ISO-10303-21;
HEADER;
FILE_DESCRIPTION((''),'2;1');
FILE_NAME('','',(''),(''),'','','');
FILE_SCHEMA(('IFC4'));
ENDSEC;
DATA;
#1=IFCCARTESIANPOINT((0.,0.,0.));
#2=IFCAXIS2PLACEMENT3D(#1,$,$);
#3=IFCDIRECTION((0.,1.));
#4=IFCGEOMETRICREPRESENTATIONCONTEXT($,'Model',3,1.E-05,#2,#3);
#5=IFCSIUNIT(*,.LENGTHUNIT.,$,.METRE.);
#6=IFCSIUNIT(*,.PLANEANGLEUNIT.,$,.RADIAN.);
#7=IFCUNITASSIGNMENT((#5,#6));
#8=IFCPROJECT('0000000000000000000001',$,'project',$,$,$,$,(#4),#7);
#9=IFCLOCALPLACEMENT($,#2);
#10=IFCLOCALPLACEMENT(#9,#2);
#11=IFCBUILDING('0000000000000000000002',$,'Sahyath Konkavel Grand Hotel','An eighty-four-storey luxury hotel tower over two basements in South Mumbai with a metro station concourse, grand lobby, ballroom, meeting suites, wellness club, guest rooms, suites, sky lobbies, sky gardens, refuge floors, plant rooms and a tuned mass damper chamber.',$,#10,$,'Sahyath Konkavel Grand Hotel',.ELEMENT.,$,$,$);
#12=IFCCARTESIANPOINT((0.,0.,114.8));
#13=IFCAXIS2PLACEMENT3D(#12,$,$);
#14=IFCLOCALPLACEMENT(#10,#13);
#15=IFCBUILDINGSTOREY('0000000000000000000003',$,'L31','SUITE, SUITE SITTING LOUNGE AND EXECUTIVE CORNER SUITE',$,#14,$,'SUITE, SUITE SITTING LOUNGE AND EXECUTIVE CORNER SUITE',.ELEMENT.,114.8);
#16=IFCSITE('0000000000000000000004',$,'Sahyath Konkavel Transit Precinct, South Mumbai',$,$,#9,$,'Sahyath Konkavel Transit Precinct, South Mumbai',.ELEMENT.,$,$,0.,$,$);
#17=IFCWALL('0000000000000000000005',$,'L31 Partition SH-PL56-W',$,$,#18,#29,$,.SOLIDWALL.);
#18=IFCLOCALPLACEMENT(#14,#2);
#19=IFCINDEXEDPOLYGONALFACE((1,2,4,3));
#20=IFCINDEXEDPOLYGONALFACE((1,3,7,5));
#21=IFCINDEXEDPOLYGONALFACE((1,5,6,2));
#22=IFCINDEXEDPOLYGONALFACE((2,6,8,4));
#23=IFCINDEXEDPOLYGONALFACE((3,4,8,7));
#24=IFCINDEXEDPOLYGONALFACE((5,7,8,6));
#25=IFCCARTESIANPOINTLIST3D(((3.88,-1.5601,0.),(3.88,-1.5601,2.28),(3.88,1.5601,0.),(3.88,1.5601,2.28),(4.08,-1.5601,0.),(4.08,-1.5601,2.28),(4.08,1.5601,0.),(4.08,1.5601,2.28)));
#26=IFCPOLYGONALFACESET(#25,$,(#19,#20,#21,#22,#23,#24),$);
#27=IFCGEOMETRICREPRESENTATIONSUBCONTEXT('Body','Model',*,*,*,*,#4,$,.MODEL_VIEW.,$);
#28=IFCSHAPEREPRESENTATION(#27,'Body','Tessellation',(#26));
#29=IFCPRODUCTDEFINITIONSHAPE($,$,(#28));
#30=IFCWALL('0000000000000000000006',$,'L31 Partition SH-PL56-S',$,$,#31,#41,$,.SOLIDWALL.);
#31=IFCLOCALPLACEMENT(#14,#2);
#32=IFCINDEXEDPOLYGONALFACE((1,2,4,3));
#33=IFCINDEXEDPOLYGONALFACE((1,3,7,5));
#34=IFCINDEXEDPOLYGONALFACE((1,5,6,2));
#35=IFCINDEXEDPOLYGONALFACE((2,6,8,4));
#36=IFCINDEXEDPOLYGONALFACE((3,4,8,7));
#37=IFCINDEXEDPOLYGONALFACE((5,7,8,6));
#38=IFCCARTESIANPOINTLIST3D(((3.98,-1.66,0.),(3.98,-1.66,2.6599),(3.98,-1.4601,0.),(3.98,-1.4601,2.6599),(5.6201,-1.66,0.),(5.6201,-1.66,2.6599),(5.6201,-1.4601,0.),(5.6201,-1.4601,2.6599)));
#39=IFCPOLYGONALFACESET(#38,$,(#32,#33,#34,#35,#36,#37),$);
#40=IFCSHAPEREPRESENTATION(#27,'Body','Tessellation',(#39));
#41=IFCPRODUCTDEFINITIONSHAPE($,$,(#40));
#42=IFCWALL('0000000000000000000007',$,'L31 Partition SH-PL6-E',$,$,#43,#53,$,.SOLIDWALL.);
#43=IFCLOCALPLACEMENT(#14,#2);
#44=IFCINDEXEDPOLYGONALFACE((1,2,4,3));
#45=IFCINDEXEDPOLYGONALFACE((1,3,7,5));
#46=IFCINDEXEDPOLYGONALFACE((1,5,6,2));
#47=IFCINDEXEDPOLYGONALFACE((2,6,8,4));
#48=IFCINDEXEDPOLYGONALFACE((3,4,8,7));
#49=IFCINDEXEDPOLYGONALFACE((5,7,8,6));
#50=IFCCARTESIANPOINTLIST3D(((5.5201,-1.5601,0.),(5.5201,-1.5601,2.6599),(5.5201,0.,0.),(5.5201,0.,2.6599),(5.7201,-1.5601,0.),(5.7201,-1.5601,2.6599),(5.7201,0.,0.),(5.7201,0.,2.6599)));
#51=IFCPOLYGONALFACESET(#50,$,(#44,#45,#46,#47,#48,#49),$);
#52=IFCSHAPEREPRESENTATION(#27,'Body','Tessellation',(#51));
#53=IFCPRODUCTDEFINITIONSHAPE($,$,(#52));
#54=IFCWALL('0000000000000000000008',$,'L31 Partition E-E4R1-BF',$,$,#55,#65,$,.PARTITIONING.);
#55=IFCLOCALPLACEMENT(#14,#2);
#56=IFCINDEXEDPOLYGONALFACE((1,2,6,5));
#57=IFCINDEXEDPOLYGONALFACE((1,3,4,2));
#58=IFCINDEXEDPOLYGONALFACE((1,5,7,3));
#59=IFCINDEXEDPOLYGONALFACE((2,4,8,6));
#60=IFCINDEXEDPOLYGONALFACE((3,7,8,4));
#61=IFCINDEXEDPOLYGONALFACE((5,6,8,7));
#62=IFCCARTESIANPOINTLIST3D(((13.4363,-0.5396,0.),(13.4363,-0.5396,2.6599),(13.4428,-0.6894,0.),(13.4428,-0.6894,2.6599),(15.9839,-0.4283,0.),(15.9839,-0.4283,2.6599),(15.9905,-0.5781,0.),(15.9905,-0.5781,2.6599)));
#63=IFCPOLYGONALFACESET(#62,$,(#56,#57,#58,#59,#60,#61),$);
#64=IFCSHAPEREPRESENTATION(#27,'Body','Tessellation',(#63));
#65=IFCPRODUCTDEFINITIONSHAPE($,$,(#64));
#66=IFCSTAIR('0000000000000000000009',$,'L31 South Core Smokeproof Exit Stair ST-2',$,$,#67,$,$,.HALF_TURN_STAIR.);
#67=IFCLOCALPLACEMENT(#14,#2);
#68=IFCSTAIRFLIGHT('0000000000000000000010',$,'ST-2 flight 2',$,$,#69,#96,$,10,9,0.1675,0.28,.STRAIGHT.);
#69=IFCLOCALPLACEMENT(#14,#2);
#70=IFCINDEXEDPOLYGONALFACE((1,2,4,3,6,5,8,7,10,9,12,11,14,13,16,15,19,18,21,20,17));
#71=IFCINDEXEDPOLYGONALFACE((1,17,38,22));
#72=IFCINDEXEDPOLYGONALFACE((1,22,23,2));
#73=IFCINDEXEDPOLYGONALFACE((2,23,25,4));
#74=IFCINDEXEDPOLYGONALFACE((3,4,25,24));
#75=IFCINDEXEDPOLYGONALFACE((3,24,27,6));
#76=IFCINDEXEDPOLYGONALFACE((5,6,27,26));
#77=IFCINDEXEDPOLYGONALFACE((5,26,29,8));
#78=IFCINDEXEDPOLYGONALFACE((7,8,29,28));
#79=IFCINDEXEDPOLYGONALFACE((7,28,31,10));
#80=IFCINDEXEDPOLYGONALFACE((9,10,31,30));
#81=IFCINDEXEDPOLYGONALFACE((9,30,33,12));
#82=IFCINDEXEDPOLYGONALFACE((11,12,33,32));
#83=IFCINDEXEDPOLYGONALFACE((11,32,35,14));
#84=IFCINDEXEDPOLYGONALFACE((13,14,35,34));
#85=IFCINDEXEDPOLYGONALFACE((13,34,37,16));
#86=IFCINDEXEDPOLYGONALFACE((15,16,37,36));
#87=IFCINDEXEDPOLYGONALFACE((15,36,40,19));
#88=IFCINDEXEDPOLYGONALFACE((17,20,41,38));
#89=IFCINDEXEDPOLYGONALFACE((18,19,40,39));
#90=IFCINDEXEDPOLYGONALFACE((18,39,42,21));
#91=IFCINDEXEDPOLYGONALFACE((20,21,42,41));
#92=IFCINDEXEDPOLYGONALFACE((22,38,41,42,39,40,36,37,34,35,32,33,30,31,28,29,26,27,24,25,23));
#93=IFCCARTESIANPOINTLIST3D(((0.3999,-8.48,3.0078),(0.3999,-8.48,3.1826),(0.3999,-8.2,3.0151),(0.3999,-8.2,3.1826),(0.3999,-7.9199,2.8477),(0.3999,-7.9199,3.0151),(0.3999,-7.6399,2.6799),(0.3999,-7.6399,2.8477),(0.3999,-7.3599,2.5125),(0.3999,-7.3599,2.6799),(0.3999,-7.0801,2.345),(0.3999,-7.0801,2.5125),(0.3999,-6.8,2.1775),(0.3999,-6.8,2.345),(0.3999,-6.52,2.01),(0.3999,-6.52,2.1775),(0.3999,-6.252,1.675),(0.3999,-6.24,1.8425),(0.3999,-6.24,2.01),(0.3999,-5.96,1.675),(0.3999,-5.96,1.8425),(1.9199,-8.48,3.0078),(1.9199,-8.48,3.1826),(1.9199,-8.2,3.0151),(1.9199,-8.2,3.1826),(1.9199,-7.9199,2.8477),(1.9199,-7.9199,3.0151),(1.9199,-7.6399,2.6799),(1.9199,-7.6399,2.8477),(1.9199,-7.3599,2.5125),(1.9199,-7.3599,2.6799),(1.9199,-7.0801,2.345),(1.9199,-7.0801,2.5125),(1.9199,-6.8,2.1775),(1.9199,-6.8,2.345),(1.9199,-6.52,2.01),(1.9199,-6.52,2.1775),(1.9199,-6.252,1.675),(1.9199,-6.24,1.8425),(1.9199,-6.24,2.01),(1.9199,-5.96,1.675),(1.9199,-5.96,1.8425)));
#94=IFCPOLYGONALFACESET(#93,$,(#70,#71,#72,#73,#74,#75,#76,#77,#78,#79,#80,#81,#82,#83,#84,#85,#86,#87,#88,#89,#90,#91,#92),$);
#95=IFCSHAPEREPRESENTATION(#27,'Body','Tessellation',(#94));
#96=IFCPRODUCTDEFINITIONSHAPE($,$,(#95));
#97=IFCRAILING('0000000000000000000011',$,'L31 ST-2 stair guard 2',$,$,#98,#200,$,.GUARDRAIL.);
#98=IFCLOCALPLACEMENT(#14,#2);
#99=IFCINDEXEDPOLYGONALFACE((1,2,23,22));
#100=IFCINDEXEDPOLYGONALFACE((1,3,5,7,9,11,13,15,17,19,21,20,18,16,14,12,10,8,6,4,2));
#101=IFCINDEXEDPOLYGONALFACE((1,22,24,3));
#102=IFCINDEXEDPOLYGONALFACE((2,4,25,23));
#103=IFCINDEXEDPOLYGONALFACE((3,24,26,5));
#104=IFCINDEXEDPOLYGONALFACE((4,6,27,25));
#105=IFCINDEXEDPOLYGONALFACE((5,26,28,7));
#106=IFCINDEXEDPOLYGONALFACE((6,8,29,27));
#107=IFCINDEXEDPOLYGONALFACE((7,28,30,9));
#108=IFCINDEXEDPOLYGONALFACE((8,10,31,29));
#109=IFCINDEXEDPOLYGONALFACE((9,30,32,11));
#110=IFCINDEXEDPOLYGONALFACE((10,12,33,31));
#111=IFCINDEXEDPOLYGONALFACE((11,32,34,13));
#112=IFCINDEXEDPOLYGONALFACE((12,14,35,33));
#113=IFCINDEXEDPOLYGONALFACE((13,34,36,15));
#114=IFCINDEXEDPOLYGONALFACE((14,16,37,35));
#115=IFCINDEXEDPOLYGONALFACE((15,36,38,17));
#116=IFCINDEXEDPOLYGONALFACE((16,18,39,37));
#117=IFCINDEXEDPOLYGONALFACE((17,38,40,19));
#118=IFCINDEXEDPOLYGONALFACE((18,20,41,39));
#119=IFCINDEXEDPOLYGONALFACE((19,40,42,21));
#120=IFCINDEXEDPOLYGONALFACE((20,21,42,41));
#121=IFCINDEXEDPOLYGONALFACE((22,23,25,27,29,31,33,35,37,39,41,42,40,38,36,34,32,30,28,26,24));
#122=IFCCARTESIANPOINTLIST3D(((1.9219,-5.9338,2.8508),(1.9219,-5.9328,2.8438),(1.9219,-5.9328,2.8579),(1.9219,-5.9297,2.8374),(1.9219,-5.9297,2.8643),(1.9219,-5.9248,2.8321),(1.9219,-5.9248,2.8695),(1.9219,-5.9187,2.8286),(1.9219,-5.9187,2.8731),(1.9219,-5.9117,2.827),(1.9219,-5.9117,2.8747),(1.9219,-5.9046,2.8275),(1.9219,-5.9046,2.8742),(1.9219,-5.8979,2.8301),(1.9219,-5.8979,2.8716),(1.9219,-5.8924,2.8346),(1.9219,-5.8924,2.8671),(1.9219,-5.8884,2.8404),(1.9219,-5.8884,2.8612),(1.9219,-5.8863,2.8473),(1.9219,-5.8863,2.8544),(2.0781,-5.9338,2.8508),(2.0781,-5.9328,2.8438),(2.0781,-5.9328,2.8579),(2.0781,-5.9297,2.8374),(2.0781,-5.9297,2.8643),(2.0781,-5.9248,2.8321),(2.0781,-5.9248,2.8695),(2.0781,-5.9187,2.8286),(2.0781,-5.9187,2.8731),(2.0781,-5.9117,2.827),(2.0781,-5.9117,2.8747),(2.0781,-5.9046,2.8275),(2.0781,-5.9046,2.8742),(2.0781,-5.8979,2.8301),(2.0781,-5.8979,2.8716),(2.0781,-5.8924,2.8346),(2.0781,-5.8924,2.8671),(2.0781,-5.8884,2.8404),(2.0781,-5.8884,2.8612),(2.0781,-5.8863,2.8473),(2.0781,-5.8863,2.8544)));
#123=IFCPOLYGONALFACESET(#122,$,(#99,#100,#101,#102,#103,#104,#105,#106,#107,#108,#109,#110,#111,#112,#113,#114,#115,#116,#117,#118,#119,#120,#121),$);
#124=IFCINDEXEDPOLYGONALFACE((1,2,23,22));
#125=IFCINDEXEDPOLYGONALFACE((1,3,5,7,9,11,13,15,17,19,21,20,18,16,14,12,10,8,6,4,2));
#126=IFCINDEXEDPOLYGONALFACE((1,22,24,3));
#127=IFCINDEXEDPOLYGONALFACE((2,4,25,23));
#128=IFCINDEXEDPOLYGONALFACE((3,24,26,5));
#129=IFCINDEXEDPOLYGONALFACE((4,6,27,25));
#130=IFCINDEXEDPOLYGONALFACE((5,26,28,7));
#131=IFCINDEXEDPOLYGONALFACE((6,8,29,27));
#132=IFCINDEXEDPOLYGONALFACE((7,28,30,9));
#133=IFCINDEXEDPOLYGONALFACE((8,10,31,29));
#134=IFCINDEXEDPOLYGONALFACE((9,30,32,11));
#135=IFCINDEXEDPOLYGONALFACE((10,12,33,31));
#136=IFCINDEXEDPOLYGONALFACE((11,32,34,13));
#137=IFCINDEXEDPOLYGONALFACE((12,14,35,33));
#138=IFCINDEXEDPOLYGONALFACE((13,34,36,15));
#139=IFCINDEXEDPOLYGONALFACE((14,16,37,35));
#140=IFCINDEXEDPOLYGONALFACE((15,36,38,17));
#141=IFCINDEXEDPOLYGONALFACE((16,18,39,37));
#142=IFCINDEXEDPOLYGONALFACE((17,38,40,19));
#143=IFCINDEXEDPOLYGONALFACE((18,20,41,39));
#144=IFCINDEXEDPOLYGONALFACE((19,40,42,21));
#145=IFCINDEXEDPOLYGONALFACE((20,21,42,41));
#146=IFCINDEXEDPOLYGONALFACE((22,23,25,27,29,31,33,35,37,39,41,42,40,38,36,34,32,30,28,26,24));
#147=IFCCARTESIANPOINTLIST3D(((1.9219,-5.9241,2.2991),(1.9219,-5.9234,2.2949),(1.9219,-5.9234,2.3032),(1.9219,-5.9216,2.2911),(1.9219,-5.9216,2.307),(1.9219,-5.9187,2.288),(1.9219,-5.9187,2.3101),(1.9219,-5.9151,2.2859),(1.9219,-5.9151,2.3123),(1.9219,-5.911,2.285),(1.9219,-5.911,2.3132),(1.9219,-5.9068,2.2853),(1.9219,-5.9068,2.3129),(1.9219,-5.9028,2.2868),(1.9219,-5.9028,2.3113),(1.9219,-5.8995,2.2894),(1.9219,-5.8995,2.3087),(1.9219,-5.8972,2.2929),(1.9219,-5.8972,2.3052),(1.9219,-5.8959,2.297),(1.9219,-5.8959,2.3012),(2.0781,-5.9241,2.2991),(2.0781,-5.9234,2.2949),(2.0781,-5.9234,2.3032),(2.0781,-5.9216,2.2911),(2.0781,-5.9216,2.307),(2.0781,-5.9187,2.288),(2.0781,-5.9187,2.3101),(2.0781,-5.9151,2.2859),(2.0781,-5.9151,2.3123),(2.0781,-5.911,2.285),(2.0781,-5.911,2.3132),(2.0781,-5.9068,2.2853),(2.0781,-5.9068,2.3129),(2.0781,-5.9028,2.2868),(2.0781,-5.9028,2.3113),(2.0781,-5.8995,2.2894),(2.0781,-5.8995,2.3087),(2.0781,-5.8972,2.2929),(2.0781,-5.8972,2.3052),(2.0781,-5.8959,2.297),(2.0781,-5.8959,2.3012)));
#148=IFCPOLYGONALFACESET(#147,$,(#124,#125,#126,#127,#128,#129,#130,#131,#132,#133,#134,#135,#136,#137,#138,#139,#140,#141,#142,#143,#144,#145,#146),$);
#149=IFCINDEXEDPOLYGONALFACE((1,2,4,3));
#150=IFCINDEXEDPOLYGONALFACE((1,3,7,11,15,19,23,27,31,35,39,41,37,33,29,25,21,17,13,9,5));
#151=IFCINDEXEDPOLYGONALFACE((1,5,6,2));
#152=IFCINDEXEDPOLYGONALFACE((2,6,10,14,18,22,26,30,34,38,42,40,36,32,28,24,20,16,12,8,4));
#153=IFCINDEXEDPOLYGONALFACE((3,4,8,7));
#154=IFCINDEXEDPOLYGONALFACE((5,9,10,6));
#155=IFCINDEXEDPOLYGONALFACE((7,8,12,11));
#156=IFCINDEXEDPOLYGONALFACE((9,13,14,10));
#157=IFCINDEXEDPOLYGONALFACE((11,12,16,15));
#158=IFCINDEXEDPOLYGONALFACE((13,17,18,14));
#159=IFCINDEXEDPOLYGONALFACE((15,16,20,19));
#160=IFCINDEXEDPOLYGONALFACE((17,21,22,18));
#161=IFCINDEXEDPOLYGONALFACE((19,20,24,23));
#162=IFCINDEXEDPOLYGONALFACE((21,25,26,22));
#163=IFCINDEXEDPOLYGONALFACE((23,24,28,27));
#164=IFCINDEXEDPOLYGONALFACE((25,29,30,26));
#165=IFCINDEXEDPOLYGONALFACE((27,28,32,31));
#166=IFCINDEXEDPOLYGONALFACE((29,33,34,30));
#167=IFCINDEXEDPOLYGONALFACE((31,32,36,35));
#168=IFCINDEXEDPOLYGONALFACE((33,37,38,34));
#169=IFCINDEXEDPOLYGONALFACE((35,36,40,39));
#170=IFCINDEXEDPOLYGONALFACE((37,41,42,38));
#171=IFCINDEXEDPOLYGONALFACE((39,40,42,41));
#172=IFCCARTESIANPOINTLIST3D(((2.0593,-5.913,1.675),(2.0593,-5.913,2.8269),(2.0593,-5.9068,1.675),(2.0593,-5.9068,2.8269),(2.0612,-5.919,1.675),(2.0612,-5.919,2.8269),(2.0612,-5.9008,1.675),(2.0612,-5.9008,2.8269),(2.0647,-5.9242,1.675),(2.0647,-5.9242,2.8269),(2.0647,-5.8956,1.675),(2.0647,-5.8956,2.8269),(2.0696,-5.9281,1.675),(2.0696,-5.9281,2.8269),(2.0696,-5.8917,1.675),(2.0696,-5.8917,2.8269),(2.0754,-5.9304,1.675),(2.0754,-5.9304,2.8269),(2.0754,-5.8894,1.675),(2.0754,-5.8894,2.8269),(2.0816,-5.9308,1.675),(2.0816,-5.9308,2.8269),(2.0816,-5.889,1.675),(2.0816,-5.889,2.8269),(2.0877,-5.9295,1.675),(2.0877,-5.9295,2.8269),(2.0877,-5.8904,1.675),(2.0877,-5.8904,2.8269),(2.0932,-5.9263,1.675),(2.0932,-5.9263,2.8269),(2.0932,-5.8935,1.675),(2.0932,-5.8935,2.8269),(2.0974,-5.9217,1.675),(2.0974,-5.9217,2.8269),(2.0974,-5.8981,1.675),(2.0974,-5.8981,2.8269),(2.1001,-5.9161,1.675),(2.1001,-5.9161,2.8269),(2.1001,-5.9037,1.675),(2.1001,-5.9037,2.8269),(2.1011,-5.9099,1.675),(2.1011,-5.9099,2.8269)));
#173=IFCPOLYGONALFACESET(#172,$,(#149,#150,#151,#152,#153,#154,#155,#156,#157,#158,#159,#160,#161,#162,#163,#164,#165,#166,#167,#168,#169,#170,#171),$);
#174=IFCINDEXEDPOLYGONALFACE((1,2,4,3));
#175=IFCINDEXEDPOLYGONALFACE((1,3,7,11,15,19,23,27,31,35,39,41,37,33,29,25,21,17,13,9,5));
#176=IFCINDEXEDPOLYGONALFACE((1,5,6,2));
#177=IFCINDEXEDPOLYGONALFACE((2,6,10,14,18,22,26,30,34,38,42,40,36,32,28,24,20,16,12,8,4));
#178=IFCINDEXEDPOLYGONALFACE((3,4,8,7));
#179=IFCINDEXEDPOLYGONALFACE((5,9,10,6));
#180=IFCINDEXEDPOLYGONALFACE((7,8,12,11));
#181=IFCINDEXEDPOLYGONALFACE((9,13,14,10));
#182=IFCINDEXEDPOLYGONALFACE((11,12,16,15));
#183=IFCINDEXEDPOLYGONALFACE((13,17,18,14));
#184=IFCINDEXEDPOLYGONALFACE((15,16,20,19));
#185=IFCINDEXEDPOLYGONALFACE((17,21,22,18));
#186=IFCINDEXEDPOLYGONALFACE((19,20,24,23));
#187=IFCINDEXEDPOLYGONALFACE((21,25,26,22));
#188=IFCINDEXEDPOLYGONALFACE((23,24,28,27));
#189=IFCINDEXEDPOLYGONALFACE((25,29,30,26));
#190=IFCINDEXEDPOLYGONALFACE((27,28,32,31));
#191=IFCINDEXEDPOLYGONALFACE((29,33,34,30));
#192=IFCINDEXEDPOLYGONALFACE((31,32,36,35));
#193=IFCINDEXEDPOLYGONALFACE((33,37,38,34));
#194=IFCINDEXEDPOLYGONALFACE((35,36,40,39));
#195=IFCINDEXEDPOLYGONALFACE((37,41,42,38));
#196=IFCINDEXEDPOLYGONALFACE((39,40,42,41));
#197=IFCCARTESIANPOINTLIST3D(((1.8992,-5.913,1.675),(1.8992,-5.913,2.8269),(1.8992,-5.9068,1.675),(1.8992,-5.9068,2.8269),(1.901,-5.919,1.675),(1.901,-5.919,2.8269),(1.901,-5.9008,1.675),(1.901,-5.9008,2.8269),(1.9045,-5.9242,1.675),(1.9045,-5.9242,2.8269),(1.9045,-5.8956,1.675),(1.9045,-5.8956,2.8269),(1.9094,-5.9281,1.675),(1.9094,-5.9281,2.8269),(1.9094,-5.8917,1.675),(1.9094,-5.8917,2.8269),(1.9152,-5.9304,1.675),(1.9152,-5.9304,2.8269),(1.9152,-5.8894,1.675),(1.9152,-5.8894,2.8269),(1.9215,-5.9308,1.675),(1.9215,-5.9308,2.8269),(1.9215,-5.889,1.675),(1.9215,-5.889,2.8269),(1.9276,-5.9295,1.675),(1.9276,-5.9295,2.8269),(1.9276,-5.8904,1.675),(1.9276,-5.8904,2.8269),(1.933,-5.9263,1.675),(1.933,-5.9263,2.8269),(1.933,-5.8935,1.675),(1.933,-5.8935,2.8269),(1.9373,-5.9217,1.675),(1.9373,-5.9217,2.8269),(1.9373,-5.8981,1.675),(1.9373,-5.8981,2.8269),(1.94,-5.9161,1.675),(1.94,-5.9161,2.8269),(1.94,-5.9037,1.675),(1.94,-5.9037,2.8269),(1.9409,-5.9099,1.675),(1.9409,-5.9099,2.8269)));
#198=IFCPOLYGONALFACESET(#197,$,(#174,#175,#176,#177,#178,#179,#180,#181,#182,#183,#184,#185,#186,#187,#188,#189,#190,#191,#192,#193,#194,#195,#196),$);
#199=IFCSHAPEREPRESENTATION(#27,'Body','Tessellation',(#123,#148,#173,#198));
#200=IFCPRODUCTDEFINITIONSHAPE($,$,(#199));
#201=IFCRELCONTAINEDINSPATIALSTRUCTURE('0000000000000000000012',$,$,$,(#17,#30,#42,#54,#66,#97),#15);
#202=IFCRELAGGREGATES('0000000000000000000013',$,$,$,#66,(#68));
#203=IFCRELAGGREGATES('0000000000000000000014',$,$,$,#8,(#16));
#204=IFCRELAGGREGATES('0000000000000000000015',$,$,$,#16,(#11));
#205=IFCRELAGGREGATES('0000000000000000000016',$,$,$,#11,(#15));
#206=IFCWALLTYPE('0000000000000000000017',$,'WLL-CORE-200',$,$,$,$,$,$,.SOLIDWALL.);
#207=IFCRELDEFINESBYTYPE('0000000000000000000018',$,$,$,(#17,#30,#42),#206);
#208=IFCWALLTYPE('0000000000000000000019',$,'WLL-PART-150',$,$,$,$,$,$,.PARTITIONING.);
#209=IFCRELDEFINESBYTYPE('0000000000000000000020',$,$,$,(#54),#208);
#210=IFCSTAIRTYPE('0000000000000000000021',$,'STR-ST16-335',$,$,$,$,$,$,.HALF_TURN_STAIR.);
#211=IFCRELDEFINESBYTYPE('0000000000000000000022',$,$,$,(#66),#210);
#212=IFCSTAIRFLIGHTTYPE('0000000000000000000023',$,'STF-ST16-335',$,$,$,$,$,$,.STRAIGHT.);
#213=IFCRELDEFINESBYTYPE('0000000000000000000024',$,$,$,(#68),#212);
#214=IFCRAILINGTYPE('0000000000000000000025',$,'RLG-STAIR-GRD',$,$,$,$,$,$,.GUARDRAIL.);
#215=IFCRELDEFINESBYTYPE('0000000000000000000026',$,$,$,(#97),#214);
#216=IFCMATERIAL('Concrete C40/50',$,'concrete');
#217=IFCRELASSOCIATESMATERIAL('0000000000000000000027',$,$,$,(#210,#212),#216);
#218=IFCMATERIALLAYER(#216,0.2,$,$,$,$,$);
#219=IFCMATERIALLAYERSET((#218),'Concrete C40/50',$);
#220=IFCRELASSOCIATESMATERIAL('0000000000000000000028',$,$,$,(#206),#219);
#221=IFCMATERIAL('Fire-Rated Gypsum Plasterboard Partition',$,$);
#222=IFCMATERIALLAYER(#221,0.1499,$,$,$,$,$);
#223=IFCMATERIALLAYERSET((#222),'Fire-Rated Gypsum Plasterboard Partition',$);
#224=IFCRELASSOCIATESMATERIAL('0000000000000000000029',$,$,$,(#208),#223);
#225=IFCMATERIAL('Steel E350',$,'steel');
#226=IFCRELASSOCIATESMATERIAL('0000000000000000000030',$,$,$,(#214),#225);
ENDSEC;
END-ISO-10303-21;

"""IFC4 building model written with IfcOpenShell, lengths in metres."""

from ifc_helpers import new_model, si_unit, direction, frame, frame_2d, origin, origin_2d, place, context, subcontext, project, spatial, polyline, rectangle, circle, outline, extrude, material, layer, layer_set, type_object, element, aggregate, save


model = new_model("IFC4")

# Units and contexts
model_context = context("Model", 3, precision=1e-05, world=origin(), true_north=direction((0.0, 1.0)))
body_context = subcontext(model_context, "Body", "Model", "MODEL_VIEW")
ifc_project = project(units=[si_unit("LENGTHUNIT", "METRE"), si_unit("PLANEANGLEUNIT", "RADIAN")], contexts=[model_context])

# Site, building, storey
site_placement = place(None, origin())
site = spatial("IfcSite", under=ifc_project, at=site_placement, Name="Sahyath Konkavel Transit Precinct, South Mumbai", LongName="Sahyath Konkavel Transit Precinct, South Mumbai", CompositionType="ELEMENT", RefElevation=0.0)
building_placement = place(site_placement, origin())
building = spatial("IfcBuilding", under=site, at=building_placement, Name="Sahyath Konkavel Grand Hotel", Description="An eighty-four-storey luxury hotel tower over two basements in South Mumbai with a metro station concourse, grand lobby, ballroom, meeting suites, wellness club, guest rooms, suites, sky lobbies, sky gardens, refuge floors, plant rooms and a tuned mass damper chamber.", LongName="Sahyath Konkavel Grand Hotel", CompositionType="ELEMENT")
storey_placement = place(building_placement, frame((0.0, 0.0, 114.8)))
storey = spatial("IfcBuildingStorey", under=building, at=storey_placement, Name="L31", Description="SUITE, SUITE SITTING LOUNGE AND EXECUTIVE CORNER SUITE", LongName="SUITE, SUITE SITTING LOUNGE AND EXECUTIVE CORNER SUITE", CompositionType="ELEMENT", Elevation=114.8)

# Shared definitions
ifc_material_1 = material(Name="Steel E350", Category="steel")

# Shared definitions
ifc_material_2 = material(Name="Concrete C40/50", Category="concrete")

# Shared definitions
stair_type = type_object("IfcStairType", Name="STR-ST16-335", PredefinedType="HALF_TURN_STAIR", material=ifc_material_2)

# Walls
ifc_layer_1 = layer(ifc_material_2, 0.2)
ifc_layer_set_1 = layer_set([ifc_layer_1], Name="Concrete C40/50")
wall_type_1 = type_object("IfcWallType", Name="WLL-CORE-200", PredefinedType="SOLIDWALL", material=ifc_layer_set_1)
wall_1_placement = place(storey_placement, frame((3.98, -1.5601, 0.0), z_axis=(0.0, 0.0, 1.0), x_axis=(0.0, 1.0, 0.0)))
element("IfcWall", 1, at=wall_1_placement, inside=storey, type_object=wall_type_1, Name="L31 Partition SH-PL56-W", PredefinedType="SOLIDWALL", context=body_context, shape_type="SweptSolid", body=[
    extrude(rectangle(XDim=3.1201, YDim=0.2, at=frame_2d((1.5601, 0.0))), origin(), (0.0, 0.0, 1.0), 2.28),
])
wall_2_placement = place(storey_placement, frame((3.98, -1.5601, 0.0), z_axis=(0.0, 0.0, 1.0), x_axis=(1.0, 0.0, 0.0)))
element("IfcWall", 2, at=wall_2_placement, inside=storey, type_object=wall_type_1, Name="L31 Partition SH-PL56-S", PredefinedType="SOLIDWALL", context=body_context, shape_type="SweptSolid", body=[
    extrude(rectangle(XDim=1.6401, YDim=0.2, at=frame_2d((0.8201, 0.0))), origin(), (0.0, 0.0, 1.0), 2.6599),
])
wall_3_placement = place(storey_placement, frame((5.6201, -1.5601, 0.0), z_axis=(0.0, 0.0, 1.0), x_axis=(0.0, 1.0, 0.0)))
element("IfcWall", 3, at=wall_3_placement, inside=storey, type_object=wall_type_1, Name="L31 Partition SH-PL6-E", PredefinedType="SOLIDWALL", context=body_context, shape_type="SweptSolid", body=[
    extrude(rectangle(XDim=1.5601, YDim=0.2, at=frame_2d((0.78, 0.0))), origin(), (0.0, 0.0, 1.0), 2.6599),
])
ifc_material_3 = material(Name="Fire-Rated Gypsum Plasterboard Partition")
ifc_layer_2 = layer(ifc_material_3, 0.1499)
ifc_layer_set_2 = layer_set([ifc_layer_2], Name="Fire-Rated Gypsum Plasterboard Partition")
wall_type_2 = type_object("IfcWallType", Name="WLL-PART-150", PredefinedType="PARTITIONING", material=ifc_layer_set_2)
wall_4_placement = place(storey_placement, frame((13.4397, -0.6145, 0.0), z_axis=(0.0, 0.0, 1.0), x_axis=(0.999047, 0.043657, 0.0)))
element("IfcWall", 4, at=wall_4_placement, inside=storey, type_object=wall_type_2, Name="L31 Partition E-E4R1-BF", PredefinedType="PARTITIONING", context=body_context, shape_type="SweptSolid", body=[
    extrude(rectangle(XDim=2.55, YDim=0.1499, at=frame_2d((1.2749, 0.0))), origin(), (0.0, 0.0, 1.0), 2.6599),
])

# Stair, stair flight
stair_1_placement = place(storey_placement, origin())
stair_1 = element("IfcStair", 5, at=stair_1_placement, inside=storey, type_object=stair_type, Name="L31 South Core Smokeproof Exit Stair ST-2", PredefinedType="HALF_TURN_STAIR")
stair_flight_type = type_object("IfcStairFlightType", Name="STF-ST16-335", PredefinedType="STRAIGHT", material=ifc_material_2)
stair_flight_placement = place(storey_placement, frame((1.1599, -5.96, 1.675), z_axis=(0.0, 0.0, 1.0), x_axis=(0.0, -1.0, 0.0)))
stair_flight = element("IfcStairFlight", 6, at=stair_flight_placement, type_object=stair_flight_type, Name="ST-2 flight 2", NumberOfRisers=10, NumberOfTreads=9, PredefinedType="STRAIGHT", RiserHeight=0.1675, TreadLength=0.28, context=body_context, shape_type="SweptSolid", body=[
    extrude(outline(polyline([(0.0, 0.0), (0.0, 0.1675), (0.28, 0.1675), (0.28, 0.335), (0.5601, 0.335), (0.5601, 0.5024), (0.8401, 0.5024), (0.8401, 0.6699), (1.1201, 0.6699), (1.1201, 0.8374), (1.3999, 0.8374), (1.3999, 1.0049), (1.6799, 1.0049), (1.6799, 1.1726), (1.96, 1.1726), (1.96, 1.3401), (2.24, 1.3401), (2.24, 1.5076), (2.52, 1.5076), (2.52, 1.675), (2.52, 1.3328), (0.292, 0.0), (0.0, 0.0)])), frame((0.0, 0.76, 0.0), z_axis=(0.0, -1.0, 0.0), x_axis=(1.0, 0.0, 0.0)), (0.0, 0.0, 1.0), 1.52),
])
aggregate(stair_1, [stair_flight])

# Railing
railing_type_1 = type_object("IfcRailingType", Name="RLG-STAIR-GRD", PredefinedType="GUARDRAIL", material=ifc_material_1)
railing_1_placement = place(storey_placement, frame((2.0801, -5.9099, 1.675)))
element("IfcRailing", 7, at=railing_1_placement, inside=storey, type_object=railing_type_1, Name="L31 ST-2 stair guard 2", PredefinedType="GUARDRAIL", context=body_context, shape_type="SweptSolid", body=[
    extrude(circle(Radius=0.0239, at=origin_2d()), frame((-0.002, 0.0, 1.1758), z_axis=(-1.0, 0.0, 0.0), x_axis=(0.0, -1.0, 0.0)), (0.0, 0.0, 1.0), 0.1562),
    extrude(circle(Radius=0.0142, at=origin_2d()), frame((-0.002, 0.0, 0.624), z_axis=(-1.0, 0.0, 0.0), x_axis=(0.0, -1.0, 0.0)), (0.0, 0.0, 1.0), 0.1562),
    extrude(circle(Radius=0.021, at=origin_2d()), origin(), (0.0, 0.0, 1.0), 1.1519),
    extrude(circle(Radius=0.021, at=origin_2d()), frame((-0.1602, 0.0, 0.0)), (0.0, 0.0, 1.0), 1.1519),
])

save(model, "model.ifc")
